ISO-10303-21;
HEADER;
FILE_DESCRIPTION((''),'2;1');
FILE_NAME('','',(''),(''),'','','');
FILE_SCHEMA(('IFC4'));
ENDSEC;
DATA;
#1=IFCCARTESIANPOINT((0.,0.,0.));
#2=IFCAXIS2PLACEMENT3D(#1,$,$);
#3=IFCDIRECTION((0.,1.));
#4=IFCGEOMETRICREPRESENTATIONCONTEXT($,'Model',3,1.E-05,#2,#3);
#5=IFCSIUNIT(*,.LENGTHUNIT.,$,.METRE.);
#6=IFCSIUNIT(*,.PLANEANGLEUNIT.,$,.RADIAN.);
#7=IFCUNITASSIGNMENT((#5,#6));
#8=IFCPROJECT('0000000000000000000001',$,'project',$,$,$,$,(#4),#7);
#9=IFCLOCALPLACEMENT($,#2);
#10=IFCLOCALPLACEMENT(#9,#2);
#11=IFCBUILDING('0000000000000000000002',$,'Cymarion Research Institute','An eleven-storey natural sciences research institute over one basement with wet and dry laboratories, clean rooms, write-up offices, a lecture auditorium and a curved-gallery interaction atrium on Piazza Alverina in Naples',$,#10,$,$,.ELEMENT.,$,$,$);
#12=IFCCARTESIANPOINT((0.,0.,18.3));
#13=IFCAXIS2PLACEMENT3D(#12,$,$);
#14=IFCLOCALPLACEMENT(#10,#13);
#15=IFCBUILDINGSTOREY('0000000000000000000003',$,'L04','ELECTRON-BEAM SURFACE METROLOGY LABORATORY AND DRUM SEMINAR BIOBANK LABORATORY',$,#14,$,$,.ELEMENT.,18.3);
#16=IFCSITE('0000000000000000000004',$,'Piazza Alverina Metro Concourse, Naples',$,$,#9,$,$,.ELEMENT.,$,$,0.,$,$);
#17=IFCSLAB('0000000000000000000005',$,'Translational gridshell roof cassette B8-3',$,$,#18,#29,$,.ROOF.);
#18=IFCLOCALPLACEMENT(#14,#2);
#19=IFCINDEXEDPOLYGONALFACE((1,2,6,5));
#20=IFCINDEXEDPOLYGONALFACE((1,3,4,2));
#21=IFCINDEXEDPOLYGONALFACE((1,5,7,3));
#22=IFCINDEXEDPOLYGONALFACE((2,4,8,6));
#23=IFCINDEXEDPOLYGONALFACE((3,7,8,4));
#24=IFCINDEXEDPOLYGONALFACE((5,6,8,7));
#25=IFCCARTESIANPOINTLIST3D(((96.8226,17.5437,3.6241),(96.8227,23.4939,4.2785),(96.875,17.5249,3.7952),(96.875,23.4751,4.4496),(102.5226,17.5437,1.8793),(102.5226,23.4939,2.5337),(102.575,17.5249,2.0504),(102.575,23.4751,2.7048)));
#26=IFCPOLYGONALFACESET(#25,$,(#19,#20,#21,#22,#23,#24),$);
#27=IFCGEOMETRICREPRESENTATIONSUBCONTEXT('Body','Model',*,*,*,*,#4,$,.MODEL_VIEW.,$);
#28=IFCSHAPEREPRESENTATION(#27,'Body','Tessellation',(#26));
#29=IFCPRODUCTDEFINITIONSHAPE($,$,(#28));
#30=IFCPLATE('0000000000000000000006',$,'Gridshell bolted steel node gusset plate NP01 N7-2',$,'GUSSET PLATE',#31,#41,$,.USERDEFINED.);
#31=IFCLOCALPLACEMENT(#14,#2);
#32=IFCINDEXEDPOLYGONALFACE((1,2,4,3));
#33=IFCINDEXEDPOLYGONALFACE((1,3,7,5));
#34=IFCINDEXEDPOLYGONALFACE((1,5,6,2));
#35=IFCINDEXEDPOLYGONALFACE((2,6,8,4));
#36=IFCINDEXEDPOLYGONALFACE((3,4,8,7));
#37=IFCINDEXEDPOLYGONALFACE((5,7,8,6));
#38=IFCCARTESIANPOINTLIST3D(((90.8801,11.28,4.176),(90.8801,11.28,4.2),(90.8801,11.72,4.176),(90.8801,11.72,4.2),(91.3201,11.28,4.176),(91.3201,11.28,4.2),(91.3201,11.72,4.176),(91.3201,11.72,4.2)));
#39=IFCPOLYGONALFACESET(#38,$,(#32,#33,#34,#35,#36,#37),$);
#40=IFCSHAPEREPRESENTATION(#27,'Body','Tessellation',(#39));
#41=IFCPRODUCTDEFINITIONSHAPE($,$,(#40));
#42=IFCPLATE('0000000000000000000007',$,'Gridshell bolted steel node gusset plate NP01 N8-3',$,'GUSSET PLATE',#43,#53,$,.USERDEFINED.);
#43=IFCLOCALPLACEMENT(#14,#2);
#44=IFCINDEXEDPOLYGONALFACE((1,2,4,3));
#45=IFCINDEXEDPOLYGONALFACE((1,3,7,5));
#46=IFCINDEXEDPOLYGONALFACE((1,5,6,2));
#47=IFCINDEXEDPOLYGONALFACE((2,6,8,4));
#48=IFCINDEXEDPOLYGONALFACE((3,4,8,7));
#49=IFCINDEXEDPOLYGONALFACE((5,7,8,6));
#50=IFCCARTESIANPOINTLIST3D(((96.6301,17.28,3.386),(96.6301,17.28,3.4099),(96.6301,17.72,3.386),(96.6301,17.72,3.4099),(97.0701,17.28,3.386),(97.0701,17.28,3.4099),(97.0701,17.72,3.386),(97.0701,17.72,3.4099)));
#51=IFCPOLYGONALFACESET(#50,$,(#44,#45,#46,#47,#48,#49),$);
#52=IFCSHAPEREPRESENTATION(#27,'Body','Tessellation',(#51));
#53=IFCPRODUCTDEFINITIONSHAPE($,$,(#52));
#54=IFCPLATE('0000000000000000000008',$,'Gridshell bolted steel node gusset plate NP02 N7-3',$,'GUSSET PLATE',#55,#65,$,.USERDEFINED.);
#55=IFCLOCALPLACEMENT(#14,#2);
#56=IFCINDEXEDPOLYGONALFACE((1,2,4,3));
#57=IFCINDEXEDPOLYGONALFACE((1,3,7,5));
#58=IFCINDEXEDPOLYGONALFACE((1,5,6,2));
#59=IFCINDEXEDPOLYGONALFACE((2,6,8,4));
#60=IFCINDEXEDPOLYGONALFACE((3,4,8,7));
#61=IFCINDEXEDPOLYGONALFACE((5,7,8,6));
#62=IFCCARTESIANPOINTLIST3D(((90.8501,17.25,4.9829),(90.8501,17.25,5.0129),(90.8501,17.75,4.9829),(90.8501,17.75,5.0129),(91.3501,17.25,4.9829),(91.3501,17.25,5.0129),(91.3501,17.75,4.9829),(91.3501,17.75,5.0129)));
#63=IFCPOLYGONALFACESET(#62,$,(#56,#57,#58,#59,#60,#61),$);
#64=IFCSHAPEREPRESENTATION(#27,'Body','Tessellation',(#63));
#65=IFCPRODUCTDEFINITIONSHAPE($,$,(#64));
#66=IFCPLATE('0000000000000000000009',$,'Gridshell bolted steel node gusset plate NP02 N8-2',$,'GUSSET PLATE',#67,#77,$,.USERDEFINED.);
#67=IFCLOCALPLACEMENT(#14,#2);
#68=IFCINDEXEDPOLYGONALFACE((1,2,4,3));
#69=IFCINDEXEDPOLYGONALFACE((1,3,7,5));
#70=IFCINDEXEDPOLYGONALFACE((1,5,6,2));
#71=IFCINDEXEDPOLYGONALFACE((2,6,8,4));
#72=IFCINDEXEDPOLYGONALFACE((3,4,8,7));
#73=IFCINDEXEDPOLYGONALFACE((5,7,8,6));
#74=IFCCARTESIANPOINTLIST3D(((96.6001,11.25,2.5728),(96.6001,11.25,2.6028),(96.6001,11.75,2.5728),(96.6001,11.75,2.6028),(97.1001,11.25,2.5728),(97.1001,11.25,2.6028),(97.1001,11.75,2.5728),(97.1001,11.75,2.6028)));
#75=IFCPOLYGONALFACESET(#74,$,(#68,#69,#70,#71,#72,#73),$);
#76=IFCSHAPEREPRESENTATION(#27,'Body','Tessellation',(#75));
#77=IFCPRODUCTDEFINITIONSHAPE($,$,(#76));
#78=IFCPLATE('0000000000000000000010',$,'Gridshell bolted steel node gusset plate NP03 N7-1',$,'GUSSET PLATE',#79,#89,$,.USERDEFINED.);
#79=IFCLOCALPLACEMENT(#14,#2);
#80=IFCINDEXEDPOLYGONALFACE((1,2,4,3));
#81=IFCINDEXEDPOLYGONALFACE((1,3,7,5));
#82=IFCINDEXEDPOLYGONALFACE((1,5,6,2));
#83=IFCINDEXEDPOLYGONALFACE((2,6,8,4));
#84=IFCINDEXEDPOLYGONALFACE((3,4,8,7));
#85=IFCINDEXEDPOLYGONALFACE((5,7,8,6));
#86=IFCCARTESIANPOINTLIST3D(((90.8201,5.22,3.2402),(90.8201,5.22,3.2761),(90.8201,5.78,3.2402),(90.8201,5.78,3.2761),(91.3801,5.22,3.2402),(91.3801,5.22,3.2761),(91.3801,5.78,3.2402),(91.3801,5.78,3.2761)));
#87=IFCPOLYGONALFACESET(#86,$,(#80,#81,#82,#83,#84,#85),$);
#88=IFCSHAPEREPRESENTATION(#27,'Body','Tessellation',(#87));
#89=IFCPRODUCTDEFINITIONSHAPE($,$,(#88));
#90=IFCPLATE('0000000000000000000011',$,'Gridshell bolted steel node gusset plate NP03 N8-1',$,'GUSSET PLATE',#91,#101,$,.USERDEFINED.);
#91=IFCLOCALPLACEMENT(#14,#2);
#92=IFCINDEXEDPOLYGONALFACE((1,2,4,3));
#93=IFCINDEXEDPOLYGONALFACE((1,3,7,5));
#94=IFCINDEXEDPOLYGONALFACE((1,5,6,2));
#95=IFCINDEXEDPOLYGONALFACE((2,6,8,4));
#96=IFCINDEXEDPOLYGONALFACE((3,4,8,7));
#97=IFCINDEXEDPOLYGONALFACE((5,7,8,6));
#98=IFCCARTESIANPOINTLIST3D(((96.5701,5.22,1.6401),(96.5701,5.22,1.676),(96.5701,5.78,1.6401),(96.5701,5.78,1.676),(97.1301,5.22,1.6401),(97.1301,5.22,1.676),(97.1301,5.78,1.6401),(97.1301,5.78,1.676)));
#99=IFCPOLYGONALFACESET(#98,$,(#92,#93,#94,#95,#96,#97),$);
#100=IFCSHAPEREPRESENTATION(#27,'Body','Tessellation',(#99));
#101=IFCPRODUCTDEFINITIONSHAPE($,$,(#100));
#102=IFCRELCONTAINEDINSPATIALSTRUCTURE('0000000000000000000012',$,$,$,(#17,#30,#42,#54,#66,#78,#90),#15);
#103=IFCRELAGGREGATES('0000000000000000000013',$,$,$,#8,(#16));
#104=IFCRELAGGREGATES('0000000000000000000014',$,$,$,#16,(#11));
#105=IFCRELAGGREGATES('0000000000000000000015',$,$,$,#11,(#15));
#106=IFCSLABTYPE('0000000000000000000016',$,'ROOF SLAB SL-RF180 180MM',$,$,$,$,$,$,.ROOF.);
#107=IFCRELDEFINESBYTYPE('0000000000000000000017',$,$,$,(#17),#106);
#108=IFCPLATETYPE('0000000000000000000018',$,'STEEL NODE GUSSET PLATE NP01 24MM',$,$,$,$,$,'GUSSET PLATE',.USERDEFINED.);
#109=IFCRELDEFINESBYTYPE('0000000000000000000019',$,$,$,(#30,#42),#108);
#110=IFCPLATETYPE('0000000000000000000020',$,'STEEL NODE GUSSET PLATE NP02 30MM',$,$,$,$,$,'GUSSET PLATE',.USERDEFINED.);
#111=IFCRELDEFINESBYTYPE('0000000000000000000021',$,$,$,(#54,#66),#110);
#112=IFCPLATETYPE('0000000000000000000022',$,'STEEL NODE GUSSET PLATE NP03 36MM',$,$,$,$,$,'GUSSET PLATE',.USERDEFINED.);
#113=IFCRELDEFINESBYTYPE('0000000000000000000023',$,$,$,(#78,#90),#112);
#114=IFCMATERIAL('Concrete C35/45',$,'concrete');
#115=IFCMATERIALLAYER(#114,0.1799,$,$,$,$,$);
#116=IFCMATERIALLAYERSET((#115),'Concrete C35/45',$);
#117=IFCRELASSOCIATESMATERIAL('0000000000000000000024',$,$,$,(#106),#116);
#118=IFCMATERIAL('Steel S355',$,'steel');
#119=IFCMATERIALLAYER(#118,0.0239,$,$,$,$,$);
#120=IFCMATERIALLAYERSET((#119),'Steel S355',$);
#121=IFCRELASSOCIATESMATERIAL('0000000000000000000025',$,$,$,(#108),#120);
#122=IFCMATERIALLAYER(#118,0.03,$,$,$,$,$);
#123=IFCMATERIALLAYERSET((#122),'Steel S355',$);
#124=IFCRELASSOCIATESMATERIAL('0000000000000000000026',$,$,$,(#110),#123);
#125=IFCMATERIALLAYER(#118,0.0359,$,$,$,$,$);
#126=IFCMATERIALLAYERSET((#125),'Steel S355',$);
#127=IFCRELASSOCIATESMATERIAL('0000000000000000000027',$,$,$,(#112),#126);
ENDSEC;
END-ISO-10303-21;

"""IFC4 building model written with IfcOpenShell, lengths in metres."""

from ifc_helpers import new_model, si_unit, direction, frame, origin, origin_2d, place, context, subcontext, project, spatial, polyline, rectangle, outline, extrude, material, layer, layer_set, type_object, element, save


model = new_model("IFC4")

# Units and contexts
model_context = context("Model", 3, precision=1e-05, world=origin(), true_north=direction((0.0, 1.0)))
body_context = subcontext(model_context, "Body", "Model", "MODEL_VIEW")
ifc_project = project(units=[si_unit("LENGTHUNIT", "METRE"), si_unit("PLANEANGLEUNIT", "RADIAN")], contexts=[model_context])

# Site, building, storey
site_placement = place(None, origin())
site = spatial("IfcSite", under=ifc_project, at=site_placement, Name="Piazza Alverina Metro Concourse, Naples", CompositionType="ELEMENT", RefElevation=0.0)
building_placement = place(site_placement, origin())
building = spatial("IfcBuilding", under=site, at=building_placement, Name="Cymarion Research Institute", Description="An eleven-storey natural sciences research institute over one basement with wet and dry laboratories, clean rooms, write-up offices, a lecture auditorium and a curved-gallery interaction atrium on Piazza Alverina in Naples", CompositionType="ELEMENT")
storey_placement = place(building_placement, frame((0.0, 0.0, 18.3)))
storey = spatial("IfcBuildingStorey", under=building, at=storey_placement, Name="L04", Description="ELECTRON-BEAM SURFACE METROLOGY LABORATORY AND DRUM SEMINAR BIOBANK LABORATORY", CompositionType="ELEMENT", Elevation=18.3)

# Shared definitions
ifc_material_1 = material(Name="Steel S355", Category="steel")

# Slab
ifc_material_2 = material(Name="Concrete C35/45", Category="concrete")
ifc_layer_1 = layer(ifc_material_2, 0.1799)
ifc_layer_set_1 = layer_set([ifc_layer_1], Name="Concrete C35/45")
slab_type = type_object("IfcSlabType", Name="ROOF SLAB SL-RF180 180MM", PredefinedType="ROOF", material=ifc_layer_set_1)
slab_1_placement = place(storey_placement, frame((96.875, 17.5249, 3.7952), z_axis=(0.291089, -0.104589, 0.950962), x_axis=(0.956206, -0.000002, -0.292694)))
element("IfcSlab", 1, at=slab_1_placement, inside=storey, type_object=slab_type, Name="Translational gridshell roof cassette B8-3", PredefinedType="ROOF", context=body_context, shape_type="SweptSolid", body=[
    extrude(outline(polyline([(0.0, 0.0), (5.961, 0.0), (5.7694, 5.983), (-0.1915, 5.983), (0.0, 0.0)])), origin(), (0.0, 0.0, -1.0), 0.1799),
])

# Plates
ifc_layer_2 = layer(ifc_material_1, 0.0239)
ifc_layer_set_2 = layer_set([ifc_layer_2], Name="Steel S355")
plate_type_1 = type_object("IfcPlateType", Name="STEEL NODE GUSSET PLATE NP01 24MM", ElementType="GUSSET PLATE", PredefinedType="USERDEFINED", material=ifc_layer_set_2)
for number, where, z_axis, x_axis, name in (
    (2, (91.1001, 11.5, 4.176), (0.0, 0.0, 1.0), (1.0, 0.0, 0.0), "Gridshell bolted steel node gusset plate NP01 N7-2"),
    (3, (96.8501, 17.5, 3.386), (0.0, 0.0, 1.0), (1.0, 0.0, 0.0), "Gridshell bolted steel node gusset plate NP01 N8-3"),
):
    element("IfcPlate", number, at=place(storey_placement, frame(where, z_axis=z_axis, x_axis=x_axis)), inside=storey, type_object=plate_type_1, Name=name, ObjectType="GUSSET PLATE", PredefinedType="USERDEFINED", context=body_context, shape_type="SweptSolid", body=[
        extrude(rectangle(XDim=0.4399, YDim=0.4399, at=origin_2d()), origin(), (0.0, 0.0, 1.0), 0.0239),
    ])
ifc_layer_3 = layer(ifc_material_1, 0.03)
ifc_layer_set_3 = layer_set([ifc_layer_3], Name="Steel S355")
plate_type_2 = type_object("IfcPlateType", Name="STEEL NODE GUSSET PLATE NP02 30MM", ElementType="GUSSET PLATE", PredefinedType="USERDEFINED", material=ifc_layer_set_3)
for number, where, z_axis, x_axis, name in (
    (4, (91.1001, 17.5, 4.9829), (0.0, 0.0, 1.0), (1.0, 0.0, 0.0), "Gridshell bolted steel node gusset plate NP02 N7-3"),
    (5, (96.8501, 11.5, 2.5728), (0.0, 0.0, 1.0), (1.0, 0.0, 0.0), "Gridshell bolted steel node gusset plate NP02 N8-2"),
):
    element("IfcPlate", number, at=place(storey_placement, frame(where, z_axis=z_axis, x_axis=x_axis)), inside=storey, type_object=plate_type_2, Name=name, ObjectType="GUSSET PLATE", PredefinedType="USERDEFINED", context=body_context, shape_type="SweptSolid", body=[
        extrude(rectangle(XDim=0.5, YDim=0.5, at=origin_2d()), origin(), (0.0, 0.0, 1.0), 0.03),
    ])
ifc_layer_4 = layer(ifc_material_1, 0.0359)
ifc_layer_set_4 = layer_set([ifc_layer_4], Name="Steel S355")
plate_type_3 = type_object("IfcPlateType", Name="STEEL NODE GUSSET PLATE NP03 36MM", ElementType="GUSSET PLATE", PredefinedType="USERDEFINED", material=ifc_layer_set_4)
for number, where, z_axis, x_axis, name in (
    (6, (91.1001, 5.5, 3.2402), (0.0, 0.0, 1.0), (1.0, 0.0, 0.0), "Gridshell bolted steel node gusset plate NP03 N7-1"),
    (7, (96.8501, 5.5, 1.6401), (0.0, 0.0, 1.0), (1.0, 0.0, 0.0), "Gridshell bolted steel node gusset plate NP03 N8-1"),
):
    element("IfcPlate", number, at=place(storey_placement, frame(where, z_axis=z_axis, x_axis=x_axis)), inside=storey, type_object=plate_type_3, Name=name, ObjectType="GUSSET PLATE", PredefinedType="USERDEFINED", context=body_context, shape_type="SweptSolid", body=[
        extrude(rectangle(XDim=0.5601, YDim=0.5601, at=origin_2d()), origin(), (0.0, 0.0, 1.0), 0.0359),
    ])

save(model, "model.ifc")
